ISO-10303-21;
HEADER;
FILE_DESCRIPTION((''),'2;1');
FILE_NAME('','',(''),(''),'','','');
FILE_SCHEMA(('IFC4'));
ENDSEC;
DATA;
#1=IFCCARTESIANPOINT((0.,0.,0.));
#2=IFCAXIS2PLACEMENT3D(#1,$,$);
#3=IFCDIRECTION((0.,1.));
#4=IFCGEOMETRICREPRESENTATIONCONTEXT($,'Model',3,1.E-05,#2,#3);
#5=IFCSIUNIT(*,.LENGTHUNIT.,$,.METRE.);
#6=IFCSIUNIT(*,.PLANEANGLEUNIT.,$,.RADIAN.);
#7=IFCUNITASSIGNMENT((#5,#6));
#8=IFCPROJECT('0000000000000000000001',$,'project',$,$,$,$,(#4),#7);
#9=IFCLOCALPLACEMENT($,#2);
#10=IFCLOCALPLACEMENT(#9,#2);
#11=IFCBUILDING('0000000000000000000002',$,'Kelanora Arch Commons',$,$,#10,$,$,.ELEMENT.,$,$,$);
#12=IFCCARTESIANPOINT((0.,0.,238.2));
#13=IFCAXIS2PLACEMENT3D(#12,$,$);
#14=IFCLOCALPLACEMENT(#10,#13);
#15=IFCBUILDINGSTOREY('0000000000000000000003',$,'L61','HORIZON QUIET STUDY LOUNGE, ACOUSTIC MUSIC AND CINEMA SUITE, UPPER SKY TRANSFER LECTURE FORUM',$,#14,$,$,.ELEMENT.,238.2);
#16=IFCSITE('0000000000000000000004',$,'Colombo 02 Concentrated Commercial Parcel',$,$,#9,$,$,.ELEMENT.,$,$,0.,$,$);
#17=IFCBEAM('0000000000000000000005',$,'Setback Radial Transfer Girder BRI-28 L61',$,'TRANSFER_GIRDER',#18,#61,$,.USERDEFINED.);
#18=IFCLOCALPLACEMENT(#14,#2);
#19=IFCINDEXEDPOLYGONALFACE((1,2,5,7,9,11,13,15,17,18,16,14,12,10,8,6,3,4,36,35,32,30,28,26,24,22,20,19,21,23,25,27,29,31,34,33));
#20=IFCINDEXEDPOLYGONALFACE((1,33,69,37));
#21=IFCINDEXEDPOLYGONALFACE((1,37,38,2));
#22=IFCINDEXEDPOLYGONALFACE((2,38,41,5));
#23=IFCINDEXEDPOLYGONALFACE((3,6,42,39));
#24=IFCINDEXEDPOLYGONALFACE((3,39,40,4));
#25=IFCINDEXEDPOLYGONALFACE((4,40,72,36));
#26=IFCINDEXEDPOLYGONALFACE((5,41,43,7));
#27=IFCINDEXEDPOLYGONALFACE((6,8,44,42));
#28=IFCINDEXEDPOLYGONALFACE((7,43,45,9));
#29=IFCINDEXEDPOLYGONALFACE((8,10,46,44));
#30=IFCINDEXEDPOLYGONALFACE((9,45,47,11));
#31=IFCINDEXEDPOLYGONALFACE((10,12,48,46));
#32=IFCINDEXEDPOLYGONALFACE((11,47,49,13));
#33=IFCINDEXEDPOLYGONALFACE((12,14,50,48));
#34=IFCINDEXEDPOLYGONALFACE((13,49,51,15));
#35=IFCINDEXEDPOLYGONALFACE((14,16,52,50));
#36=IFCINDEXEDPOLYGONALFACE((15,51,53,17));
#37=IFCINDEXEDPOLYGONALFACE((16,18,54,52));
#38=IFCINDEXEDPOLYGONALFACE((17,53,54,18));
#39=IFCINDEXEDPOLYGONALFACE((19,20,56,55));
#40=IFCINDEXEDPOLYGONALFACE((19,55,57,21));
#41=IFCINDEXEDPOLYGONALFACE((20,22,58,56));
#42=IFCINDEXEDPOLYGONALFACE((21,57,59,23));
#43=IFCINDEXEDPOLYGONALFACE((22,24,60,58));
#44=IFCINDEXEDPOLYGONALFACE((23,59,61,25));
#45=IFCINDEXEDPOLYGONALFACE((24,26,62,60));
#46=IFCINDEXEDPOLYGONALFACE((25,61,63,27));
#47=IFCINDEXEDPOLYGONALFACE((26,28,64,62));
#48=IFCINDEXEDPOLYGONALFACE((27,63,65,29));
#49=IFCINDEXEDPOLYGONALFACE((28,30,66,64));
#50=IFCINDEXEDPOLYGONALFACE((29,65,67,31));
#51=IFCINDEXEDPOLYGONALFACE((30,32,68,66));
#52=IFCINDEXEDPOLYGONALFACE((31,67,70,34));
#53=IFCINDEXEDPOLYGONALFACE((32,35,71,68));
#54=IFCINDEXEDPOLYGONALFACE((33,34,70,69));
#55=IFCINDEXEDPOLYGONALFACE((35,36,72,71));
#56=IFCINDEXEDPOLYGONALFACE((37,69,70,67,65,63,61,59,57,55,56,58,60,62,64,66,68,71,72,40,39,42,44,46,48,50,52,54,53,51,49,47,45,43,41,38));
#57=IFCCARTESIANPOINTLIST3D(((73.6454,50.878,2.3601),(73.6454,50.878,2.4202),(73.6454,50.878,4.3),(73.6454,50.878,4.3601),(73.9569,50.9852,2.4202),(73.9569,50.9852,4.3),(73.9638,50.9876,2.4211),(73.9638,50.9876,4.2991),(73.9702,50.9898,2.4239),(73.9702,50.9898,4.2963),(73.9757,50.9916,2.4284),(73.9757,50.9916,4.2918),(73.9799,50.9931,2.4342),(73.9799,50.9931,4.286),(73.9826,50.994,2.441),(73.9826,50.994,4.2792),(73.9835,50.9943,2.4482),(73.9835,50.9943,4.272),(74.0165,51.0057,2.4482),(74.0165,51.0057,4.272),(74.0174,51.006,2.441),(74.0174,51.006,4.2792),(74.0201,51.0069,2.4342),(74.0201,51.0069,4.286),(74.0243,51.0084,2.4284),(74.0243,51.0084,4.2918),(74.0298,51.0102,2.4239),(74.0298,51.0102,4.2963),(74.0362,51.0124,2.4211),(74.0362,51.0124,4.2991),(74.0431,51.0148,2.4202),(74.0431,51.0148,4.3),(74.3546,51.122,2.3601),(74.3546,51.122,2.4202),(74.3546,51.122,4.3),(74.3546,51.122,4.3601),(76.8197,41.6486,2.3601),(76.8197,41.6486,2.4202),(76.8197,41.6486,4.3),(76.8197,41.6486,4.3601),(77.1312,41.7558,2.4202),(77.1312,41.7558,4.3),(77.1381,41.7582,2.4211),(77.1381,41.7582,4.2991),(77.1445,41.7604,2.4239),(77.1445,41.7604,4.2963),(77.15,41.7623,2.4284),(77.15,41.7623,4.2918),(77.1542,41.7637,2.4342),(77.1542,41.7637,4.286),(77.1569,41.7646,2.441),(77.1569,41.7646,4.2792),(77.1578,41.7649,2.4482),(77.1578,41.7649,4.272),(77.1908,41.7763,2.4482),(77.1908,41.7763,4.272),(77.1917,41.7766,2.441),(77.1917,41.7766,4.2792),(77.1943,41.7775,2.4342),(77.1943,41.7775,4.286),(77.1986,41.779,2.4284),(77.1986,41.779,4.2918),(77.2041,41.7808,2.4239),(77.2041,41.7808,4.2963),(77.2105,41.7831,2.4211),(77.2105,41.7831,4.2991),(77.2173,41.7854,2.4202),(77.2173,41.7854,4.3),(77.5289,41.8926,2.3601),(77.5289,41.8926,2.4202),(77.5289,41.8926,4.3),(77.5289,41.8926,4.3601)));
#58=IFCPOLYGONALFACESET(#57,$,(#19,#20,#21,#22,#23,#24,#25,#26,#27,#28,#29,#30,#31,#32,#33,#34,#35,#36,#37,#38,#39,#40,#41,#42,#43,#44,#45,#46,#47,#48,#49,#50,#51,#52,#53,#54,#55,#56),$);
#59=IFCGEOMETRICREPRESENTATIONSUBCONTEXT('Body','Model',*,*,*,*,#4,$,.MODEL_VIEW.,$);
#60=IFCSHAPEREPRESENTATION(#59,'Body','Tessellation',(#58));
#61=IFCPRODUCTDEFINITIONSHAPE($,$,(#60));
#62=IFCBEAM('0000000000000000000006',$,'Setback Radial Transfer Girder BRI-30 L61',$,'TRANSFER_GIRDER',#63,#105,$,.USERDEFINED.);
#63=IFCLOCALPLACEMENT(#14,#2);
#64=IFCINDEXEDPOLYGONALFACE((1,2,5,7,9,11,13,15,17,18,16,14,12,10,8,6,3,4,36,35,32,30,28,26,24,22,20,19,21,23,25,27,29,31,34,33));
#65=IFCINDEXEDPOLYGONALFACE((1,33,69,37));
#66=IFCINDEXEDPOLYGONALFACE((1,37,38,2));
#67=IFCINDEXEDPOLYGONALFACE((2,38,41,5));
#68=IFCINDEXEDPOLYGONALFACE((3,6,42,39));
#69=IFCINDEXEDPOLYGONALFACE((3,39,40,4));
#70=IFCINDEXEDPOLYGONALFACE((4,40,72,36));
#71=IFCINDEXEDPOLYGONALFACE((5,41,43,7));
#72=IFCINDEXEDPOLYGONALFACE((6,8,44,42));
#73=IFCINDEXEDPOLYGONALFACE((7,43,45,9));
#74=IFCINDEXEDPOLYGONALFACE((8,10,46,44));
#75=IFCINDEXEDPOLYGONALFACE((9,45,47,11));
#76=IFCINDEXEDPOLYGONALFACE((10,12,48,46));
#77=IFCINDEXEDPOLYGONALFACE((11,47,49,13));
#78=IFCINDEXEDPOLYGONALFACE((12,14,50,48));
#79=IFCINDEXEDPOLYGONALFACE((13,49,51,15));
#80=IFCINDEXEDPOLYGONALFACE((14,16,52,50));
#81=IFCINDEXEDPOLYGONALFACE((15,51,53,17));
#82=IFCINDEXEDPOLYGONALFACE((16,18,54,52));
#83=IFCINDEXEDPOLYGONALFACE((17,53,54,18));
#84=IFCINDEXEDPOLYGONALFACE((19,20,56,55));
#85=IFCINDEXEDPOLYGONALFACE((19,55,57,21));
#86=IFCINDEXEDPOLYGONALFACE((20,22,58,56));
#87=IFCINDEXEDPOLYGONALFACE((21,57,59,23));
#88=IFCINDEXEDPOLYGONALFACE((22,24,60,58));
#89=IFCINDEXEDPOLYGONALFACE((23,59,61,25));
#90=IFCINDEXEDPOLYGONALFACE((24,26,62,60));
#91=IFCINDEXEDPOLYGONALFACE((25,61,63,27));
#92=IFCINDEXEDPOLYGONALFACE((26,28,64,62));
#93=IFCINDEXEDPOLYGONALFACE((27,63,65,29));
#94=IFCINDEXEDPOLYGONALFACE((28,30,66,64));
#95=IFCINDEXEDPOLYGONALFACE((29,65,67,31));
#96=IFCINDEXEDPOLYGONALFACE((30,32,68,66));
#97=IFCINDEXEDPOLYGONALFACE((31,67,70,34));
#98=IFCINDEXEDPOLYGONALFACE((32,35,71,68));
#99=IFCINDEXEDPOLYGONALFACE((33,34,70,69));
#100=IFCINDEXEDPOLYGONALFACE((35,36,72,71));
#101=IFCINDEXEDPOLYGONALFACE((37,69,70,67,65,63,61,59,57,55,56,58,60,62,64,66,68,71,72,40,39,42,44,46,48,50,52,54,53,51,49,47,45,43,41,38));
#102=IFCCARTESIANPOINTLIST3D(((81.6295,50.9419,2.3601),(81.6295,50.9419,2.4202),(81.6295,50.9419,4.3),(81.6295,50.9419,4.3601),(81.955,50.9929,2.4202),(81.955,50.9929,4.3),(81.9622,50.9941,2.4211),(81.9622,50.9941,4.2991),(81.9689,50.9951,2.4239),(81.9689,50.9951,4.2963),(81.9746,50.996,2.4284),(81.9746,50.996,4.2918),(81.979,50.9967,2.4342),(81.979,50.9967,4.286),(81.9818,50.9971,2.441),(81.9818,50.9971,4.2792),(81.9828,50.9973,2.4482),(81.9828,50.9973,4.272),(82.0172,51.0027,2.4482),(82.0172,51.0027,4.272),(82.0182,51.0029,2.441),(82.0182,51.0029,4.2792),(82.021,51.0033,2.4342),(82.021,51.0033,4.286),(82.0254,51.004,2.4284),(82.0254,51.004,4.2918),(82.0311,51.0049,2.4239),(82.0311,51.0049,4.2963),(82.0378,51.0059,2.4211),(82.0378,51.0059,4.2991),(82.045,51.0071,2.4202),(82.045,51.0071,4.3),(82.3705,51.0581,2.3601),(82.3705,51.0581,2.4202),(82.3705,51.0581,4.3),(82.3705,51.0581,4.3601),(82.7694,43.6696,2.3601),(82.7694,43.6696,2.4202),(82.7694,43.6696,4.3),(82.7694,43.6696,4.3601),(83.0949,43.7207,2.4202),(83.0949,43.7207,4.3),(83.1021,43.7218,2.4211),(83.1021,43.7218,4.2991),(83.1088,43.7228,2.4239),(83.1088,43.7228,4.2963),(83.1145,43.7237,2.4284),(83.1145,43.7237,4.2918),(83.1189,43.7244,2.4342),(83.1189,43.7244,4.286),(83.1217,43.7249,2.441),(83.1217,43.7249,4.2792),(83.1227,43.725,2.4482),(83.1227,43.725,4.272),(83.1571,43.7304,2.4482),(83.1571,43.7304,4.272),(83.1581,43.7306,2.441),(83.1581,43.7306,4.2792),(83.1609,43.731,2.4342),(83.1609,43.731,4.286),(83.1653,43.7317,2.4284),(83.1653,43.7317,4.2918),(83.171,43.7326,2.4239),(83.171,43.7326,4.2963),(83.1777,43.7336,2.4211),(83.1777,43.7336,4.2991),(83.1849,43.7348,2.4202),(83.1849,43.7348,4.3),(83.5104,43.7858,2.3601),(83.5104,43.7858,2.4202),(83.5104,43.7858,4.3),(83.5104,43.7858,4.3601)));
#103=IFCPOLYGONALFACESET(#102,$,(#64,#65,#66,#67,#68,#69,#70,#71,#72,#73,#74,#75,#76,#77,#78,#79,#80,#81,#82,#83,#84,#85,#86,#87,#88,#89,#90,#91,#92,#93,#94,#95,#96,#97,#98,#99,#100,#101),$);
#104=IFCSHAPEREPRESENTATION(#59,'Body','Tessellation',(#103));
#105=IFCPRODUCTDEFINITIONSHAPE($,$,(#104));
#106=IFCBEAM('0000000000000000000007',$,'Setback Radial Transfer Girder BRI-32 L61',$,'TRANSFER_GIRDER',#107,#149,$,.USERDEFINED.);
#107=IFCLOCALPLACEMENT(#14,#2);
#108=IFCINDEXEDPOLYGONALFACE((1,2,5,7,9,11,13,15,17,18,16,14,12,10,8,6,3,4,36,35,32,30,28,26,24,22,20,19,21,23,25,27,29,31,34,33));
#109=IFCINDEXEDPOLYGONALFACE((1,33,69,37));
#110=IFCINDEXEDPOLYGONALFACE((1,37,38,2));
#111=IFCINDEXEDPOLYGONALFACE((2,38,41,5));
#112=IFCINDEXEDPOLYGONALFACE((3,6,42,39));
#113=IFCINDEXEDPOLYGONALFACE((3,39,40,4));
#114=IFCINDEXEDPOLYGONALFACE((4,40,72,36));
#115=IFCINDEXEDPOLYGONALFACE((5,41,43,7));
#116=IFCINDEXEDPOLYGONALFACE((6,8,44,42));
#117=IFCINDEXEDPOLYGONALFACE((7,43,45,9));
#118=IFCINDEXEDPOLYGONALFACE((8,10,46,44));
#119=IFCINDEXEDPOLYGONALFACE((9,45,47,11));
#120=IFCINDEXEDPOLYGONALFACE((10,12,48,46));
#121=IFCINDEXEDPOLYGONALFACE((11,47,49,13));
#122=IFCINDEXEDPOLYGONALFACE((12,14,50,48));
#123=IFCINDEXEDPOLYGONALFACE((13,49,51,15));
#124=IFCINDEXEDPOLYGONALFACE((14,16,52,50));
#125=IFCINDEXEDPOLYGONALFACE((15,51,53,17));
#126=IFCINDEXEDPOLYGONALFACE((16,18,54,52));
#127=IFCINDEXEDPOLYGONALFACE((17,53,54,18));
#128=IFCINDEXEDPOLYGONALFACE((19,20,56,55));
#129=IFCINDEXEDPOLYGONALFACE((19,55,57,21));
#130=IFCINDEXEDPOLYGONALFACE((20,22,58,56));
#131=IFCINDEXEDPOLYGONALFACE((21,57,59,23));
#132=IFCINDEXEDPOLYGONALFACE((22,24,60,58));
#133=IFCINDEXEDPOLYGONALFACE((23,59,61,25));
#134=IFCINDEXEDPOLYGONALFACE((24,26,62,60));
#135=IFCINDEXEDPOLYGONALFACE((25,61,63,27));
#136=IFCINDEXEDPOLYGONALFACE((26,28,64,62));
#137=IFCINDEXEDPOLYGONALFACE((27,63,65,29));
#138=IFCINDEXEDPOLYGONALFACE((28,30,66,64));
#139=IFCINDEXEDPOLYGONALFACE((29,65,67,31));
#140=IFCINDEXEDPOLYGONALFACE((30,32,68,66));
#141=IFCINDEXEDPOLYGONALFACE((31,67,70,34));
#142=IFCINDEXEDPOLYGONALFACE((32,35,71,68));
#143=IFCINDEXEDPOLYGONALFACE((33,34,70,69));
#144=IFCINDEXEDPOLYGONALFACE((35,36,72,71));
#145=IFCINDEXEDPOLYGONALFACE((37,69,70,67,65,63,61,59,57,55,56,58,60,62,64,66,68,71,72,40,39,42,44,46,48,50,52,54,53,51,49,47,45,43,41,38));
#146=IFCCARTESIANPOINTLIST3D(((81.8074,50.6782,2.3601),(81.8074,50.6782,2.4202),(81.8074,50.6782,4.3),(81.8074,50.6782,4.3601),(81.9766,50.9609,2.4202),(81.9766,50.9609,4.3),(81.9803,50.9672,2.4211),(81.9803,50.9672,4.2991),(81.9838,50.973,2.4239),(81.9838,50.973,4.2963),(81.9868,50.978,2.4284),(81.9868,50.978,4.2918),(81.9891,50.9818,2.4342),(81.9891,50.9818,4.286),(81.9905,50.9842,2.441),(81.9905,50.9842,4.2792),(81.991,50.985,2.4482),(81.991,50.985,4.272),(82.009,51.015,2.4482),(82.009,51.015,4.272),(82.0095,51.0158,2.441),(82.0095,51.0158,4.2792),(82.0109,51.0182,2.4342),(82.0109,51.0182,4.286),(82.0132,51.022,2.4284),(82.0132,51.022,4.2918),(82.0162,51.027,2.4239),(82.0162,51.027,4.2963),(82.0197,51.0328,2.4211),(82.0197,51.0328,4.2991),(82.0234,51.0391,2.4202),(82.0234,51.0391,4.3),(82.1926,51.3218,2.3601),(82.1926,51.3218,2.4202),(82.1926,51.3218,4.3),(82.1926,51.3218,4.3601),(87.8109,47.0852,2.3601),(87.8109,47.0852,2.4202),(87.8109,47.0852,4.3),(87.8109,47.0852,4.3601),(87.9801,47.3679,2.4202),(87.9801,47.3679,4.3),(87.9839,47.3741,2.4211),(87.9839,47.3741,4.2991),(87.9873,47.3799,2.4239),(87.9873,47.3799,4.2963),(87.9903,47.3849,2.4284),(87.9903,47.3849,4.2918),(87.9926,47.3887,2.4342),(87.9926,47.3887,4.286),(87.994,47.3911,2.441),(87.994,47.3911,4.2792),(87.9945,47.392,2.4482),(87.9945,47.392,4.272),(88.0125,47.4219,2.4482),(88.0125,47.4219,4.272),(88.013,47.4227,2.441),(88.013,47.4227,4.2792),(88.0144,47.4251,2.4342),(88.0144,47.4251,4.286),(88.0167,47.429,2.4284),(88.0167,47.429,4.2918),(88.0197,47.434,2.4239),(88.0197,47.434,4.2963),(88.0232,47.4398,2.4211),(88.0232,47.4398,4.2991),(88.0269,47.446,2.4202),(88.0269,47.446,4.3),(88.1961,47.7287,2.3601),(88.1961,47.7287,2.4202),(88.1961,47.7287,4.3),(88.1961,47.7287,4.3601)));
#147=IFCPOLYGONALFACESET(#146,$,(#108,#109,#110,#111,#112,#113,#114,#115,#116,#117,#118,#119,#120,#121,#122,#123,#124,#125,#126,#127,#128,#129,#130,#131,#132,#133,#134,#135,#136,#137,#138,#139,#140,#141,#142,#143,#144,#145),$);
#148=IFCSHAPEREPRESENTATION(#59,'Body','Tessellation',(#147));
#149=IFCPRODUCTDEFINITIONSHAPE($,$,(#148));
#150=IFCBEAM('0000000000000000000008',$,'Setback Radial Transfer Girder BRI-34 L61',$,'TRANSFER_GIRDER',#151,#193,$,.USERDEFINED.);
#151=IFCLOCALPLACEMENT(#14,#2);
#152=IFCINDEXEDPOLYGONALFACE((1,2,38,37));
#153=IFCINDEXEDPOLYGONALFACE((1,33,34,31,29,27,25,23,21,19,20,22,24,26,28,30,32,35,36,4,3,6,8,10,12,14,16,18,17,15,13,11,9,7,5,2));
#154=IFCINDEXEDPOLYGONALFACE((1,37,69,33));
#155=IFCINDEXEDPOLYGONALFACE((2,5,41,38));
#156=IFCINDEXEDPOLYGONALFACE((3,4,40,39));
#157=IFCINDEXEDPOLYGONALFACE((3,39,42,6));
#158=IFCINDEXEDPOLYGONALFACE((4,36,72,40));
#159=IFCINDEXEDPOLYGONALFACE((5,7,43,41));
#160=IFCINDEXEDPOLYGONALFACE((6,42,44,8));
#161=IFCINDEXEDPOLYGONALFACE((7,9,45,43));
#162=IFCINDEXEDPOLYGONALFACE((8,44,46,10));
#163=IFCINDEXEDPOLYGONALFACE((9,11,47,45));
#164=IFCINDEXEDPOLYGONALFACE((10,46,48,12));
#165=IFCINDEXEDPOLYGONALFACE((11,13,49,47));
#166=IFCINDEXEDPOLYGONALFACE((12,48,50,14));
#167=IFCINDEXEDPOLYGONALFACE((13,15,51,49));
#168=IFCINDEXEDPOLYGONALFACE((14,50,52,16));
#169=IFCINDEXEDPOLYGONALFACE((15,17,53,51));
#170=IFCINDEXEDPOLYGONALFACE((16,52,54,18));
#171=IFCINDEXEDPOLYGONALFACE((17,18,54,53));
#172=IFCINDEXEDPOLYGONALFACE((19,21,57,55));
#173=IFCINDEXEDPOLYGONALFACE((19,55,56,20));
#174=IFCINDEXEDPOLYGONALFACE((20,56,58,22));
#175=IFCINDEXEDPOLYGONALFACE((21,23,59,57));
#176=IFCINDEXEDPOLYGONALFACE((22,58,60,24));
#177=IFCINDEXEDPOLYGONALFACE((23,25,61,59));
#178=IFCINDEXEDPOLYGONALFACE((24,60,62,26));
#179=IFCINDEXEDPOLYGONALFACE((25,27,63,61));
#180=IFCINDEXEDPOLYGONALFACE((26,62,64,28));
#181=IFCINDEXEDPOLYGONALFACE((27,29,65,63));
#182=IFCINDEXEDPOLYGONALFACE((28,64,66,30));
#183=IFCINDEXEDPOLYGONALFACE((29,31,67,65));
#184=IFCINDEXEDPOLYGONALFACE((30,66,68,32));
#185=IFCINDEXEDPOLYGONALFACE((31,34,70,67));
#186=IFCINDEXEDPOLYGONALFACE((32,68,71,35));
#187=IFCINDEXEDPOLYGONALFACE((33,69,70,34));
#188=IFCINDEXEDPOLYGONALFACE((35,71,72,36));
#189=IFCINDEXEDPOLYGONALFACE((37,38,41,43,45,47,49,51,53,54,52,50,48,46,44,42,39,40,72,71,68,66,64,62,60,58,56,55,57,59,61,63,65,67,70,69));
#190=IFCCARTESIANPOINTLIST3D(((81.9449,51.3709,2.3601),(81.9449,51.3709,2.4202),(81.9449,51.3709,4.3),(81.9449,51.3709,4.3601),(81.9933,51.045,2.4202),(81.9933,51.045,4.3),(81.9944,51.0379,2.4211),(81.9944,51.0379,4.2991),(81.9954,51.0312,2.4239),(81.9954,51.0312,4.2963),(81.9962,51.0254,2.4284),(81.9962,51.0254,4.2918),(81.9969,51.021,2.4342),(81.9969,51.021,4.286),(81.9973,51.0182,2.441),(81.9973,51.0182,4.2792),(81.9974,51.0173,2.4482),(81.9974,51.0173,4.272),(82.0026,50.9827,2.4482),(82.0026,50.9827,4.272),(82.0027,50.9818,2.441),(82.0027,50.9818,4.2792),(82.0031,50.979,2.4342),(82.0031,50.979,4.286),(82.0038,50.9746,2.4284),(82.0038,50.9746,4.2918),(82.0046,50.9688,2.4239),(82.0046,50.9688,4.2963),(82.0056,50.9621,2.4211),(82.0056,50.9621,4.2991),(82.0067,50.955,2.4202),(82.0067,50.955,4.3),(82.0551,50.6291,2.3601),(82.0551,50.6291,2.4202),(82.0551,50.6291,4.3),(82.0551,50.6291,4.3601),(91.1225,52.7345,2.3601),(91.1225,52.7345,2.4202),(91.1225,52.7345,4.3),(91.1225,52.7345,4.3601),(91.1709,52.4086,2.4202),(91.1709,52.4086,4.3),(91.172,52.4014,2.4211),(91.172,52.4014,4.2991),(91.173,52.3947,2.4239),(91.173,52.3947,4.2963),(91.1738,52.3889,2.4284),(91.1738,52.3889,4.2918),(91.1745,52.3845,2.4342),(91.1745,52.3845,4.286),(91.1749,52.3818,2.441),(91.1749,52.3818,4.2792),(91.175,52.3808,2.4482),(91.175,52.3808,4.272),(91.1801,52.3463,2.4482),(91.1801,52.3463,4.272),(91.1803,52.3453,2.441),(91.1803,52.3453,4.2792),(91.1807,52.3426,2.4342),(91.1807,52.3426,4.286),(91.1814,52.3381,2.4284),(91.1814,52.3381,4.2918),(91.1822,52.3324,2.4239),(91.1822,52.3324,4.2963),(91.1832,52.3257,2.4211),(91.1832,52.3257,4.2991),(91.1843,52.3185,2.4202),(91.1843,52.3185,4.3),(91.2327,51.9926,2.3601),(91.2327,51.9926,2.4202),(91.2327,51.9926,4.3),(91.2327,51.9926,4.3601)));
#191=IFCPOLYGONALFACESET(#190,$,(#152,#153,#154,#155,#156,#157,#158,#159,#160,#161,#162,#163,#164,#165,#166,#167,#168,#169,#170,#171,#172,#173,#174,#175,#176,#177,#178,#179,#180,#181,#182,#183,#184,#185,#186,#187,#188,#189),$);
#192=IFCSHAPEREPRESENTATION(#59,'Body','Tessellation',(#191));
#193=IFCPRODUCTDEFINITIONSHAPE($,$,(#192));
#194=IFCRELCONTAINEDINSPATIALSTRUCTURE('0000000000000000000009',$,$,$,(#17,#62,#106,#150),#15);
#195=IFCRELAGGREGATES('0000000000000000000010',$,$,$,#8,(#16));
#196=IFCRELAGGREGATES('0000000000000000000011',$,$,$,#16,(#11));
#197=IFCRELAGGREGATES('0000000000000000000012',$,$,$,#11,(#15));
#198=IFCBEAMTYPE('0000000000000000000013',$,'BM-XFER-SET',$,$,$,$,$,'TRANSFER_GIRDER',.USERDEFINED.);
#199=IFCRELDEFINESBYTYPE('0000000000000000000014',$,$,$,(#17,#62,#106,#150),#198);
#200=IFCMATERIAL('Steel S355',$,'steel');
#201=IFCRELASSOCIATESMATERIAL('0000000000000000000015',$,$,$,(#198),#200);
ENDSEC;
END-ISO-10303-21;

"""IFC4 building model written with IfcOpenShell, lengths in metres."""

from ifc_helpers import new_model, si_unit, direction, frame, origin, origin_2d, place, context, subcontext, project, spatial, i_section, extrude, material, material_profile, profile_set, type_object, element, save


model = new_model("IFC4")

# Units and contexts
model_context = context("Model", 3, precision=1e-05, world=origin(), true_north=direction((0.0, 1.0)))
body_context = subcontext(model_context, "Body", "Model", "MODEL_VIEW")
ifc_project = project(units=[si_unit("LENGTHUNIT", "METRE"), si_unit("PLANEANGLEUNIT", "RADIAN")], contexts=[model_context])

# Site, building, storey
site_placement = place(None, origin())
site = spatial("IfcSite", under=ifc_project, at=site_placement, Name="Colombo 02 Concentrated Commercial Parcel", CompositionType="ELEMENT", RefElevation=0.0)
building_placement = place(site_placement, origin())
building = spatial("IfcBuilding", under=site, at=building_placement, Name="Kelanora Arch Commons", CompositionType="ELEMENT")
storey_placement = place(building_placement, frame((0.0, 0.0, 238.2)))
storey = spatial("IfcBuildingStorey", under=building, at=storey_placement, Name="L61", Description="HORIZON QUIET STUDY LOUNGE, ACOUSTIC MUSIC AND CINEMA SUITE, UPPER SKY TRANSFER LECTURE FORUM", CompositionType="ELEMENT", Elevation=238.2)

# Beams
ifc_material_1 = material(Name="Steel S355", Category="steel")
ifc_material_profile_1 = material_profile(ifc_material_1, i_section(OverallWidth=0.75, OverallDepth=2.0, WebThickness=0.0349, FlangeThickness=0.0601, FilletRadius=0.0281, at=origin_2d()), Name="PG2000x750")
ifc_profile_set_1 = profile_set([ifc_material_profile_1], Name="Steel S355")
beam_type_1 = type_object("IfcBeamType", Name="BM-XFER-SET", ElementType="TRANSFER_GIRDER", PredefinedType="USERDEFINED", material=ifc_profile_set_1)
for number, where, z_axis, x_axis, name in (
    (1, (74.0, 51.0, 3.3601), (0.325234, -0.945634, 0.0), (0.945634, 0.325234, 0.0), "Setback Radial Transfer Girder BRI-28 L61"),
):
    element("IfcBeam", number, at=place(storey_placement, frame(where, z_axis=z_axis, x_axis=x_axis)), inside=storey, type_object=beam_type_1, Name=name, ObjectType="TRANSFER_GIRDER", PredefinedType="USERDEFINED", context=body_context, shape_type="SweptSolid", body=[
        extrude(i_section(OverallWidth=0.75, OverallDepth=2.0, WebThickness=0.0349, FlangeThickness=0.0601, FilletRadius=0.0281, at=origin_2d()), origin(), (0.0, 0.0, 1.0), 9.76),
    ])
beam_1_placement = place(storey_placement, frame((82.0, 51.0, 3.3601), z_axis=(0.154855, -0.987937, 0.0), x_axis=(0.987937, 0.154855, 0.0)))
element("IfcBeam", 2, at=beam_1_placement, inside=storey, type_object=beam_type_1, Name="Setback Radial Transfer Girder BRI-30 L61", ObjectType="TRANSFER_GIRDER", PredefinedType="USERDEFINED", context=body_context, shape_type="SweptSolid", body=[
    extrude(i_section(OverallWidth=0.75, OverallDepth=2.0, WebThickness=0.0349, FlangeThickness=0.0601, FilletRadius=0.0281, at=origin_2d()), origin(), (0.0, 0.0, 1.0), 7.3611),
])
beam_2_placement = place(storey_placement, frame((82.0, 51.0, 3.3601), z_axis=(0.858062, -0.513546, 0.0), x_axis=(0.513546, 0.858062, 0.0)))
element("IfcBeam", 3, at=beam_2_placement, inside=storey, type_object=beam_type_1, Name="Setback Radial Transfer Girder BRI-32 L61", ObjectType="TRANSFER_GIRDER", PredefinedType="USERDEFINED", context=body_context, shape_type="SweptSolid", body=[
    extrude(i_section(OverallWidth=0.75, OverallDepth=2.0, WebThickness=0.0349, FlangeThickness=0.0601, FilletRadius=0.0281, at=origin_2d()), origin(), (0.0, 0.0, 1.0), 6.9966),
])
beam_3_placement = place(storey_placement, frame((82.0, 51.0, 3.3601), z_axis=(0.989142, 0.14696, 0.0), x_axis=(-0.14696, 0.989142, 0.0)))
element("IfcBeam", 4, at=beam_3_placement, inside=storey, type_object=beam_type_1, Name="Setback Radial Transfer Girder BRI-34 L61", ObjectType="TRANSFER_GIRDER", PredefinedType="USERDEFINED", context=body_context, shape_type="SweptSolid", body=[
    extrude(i_section(OverallWidth=0.75, OverallDepth=2.0, WebThickness=0.0349, FlangeThickness=0.0601, FilletRadius=0.0281, at=origin_2d()), origin(), (0.0, 0.0, 1.0), 9.2783),
])

save(model, "model.ifc")
